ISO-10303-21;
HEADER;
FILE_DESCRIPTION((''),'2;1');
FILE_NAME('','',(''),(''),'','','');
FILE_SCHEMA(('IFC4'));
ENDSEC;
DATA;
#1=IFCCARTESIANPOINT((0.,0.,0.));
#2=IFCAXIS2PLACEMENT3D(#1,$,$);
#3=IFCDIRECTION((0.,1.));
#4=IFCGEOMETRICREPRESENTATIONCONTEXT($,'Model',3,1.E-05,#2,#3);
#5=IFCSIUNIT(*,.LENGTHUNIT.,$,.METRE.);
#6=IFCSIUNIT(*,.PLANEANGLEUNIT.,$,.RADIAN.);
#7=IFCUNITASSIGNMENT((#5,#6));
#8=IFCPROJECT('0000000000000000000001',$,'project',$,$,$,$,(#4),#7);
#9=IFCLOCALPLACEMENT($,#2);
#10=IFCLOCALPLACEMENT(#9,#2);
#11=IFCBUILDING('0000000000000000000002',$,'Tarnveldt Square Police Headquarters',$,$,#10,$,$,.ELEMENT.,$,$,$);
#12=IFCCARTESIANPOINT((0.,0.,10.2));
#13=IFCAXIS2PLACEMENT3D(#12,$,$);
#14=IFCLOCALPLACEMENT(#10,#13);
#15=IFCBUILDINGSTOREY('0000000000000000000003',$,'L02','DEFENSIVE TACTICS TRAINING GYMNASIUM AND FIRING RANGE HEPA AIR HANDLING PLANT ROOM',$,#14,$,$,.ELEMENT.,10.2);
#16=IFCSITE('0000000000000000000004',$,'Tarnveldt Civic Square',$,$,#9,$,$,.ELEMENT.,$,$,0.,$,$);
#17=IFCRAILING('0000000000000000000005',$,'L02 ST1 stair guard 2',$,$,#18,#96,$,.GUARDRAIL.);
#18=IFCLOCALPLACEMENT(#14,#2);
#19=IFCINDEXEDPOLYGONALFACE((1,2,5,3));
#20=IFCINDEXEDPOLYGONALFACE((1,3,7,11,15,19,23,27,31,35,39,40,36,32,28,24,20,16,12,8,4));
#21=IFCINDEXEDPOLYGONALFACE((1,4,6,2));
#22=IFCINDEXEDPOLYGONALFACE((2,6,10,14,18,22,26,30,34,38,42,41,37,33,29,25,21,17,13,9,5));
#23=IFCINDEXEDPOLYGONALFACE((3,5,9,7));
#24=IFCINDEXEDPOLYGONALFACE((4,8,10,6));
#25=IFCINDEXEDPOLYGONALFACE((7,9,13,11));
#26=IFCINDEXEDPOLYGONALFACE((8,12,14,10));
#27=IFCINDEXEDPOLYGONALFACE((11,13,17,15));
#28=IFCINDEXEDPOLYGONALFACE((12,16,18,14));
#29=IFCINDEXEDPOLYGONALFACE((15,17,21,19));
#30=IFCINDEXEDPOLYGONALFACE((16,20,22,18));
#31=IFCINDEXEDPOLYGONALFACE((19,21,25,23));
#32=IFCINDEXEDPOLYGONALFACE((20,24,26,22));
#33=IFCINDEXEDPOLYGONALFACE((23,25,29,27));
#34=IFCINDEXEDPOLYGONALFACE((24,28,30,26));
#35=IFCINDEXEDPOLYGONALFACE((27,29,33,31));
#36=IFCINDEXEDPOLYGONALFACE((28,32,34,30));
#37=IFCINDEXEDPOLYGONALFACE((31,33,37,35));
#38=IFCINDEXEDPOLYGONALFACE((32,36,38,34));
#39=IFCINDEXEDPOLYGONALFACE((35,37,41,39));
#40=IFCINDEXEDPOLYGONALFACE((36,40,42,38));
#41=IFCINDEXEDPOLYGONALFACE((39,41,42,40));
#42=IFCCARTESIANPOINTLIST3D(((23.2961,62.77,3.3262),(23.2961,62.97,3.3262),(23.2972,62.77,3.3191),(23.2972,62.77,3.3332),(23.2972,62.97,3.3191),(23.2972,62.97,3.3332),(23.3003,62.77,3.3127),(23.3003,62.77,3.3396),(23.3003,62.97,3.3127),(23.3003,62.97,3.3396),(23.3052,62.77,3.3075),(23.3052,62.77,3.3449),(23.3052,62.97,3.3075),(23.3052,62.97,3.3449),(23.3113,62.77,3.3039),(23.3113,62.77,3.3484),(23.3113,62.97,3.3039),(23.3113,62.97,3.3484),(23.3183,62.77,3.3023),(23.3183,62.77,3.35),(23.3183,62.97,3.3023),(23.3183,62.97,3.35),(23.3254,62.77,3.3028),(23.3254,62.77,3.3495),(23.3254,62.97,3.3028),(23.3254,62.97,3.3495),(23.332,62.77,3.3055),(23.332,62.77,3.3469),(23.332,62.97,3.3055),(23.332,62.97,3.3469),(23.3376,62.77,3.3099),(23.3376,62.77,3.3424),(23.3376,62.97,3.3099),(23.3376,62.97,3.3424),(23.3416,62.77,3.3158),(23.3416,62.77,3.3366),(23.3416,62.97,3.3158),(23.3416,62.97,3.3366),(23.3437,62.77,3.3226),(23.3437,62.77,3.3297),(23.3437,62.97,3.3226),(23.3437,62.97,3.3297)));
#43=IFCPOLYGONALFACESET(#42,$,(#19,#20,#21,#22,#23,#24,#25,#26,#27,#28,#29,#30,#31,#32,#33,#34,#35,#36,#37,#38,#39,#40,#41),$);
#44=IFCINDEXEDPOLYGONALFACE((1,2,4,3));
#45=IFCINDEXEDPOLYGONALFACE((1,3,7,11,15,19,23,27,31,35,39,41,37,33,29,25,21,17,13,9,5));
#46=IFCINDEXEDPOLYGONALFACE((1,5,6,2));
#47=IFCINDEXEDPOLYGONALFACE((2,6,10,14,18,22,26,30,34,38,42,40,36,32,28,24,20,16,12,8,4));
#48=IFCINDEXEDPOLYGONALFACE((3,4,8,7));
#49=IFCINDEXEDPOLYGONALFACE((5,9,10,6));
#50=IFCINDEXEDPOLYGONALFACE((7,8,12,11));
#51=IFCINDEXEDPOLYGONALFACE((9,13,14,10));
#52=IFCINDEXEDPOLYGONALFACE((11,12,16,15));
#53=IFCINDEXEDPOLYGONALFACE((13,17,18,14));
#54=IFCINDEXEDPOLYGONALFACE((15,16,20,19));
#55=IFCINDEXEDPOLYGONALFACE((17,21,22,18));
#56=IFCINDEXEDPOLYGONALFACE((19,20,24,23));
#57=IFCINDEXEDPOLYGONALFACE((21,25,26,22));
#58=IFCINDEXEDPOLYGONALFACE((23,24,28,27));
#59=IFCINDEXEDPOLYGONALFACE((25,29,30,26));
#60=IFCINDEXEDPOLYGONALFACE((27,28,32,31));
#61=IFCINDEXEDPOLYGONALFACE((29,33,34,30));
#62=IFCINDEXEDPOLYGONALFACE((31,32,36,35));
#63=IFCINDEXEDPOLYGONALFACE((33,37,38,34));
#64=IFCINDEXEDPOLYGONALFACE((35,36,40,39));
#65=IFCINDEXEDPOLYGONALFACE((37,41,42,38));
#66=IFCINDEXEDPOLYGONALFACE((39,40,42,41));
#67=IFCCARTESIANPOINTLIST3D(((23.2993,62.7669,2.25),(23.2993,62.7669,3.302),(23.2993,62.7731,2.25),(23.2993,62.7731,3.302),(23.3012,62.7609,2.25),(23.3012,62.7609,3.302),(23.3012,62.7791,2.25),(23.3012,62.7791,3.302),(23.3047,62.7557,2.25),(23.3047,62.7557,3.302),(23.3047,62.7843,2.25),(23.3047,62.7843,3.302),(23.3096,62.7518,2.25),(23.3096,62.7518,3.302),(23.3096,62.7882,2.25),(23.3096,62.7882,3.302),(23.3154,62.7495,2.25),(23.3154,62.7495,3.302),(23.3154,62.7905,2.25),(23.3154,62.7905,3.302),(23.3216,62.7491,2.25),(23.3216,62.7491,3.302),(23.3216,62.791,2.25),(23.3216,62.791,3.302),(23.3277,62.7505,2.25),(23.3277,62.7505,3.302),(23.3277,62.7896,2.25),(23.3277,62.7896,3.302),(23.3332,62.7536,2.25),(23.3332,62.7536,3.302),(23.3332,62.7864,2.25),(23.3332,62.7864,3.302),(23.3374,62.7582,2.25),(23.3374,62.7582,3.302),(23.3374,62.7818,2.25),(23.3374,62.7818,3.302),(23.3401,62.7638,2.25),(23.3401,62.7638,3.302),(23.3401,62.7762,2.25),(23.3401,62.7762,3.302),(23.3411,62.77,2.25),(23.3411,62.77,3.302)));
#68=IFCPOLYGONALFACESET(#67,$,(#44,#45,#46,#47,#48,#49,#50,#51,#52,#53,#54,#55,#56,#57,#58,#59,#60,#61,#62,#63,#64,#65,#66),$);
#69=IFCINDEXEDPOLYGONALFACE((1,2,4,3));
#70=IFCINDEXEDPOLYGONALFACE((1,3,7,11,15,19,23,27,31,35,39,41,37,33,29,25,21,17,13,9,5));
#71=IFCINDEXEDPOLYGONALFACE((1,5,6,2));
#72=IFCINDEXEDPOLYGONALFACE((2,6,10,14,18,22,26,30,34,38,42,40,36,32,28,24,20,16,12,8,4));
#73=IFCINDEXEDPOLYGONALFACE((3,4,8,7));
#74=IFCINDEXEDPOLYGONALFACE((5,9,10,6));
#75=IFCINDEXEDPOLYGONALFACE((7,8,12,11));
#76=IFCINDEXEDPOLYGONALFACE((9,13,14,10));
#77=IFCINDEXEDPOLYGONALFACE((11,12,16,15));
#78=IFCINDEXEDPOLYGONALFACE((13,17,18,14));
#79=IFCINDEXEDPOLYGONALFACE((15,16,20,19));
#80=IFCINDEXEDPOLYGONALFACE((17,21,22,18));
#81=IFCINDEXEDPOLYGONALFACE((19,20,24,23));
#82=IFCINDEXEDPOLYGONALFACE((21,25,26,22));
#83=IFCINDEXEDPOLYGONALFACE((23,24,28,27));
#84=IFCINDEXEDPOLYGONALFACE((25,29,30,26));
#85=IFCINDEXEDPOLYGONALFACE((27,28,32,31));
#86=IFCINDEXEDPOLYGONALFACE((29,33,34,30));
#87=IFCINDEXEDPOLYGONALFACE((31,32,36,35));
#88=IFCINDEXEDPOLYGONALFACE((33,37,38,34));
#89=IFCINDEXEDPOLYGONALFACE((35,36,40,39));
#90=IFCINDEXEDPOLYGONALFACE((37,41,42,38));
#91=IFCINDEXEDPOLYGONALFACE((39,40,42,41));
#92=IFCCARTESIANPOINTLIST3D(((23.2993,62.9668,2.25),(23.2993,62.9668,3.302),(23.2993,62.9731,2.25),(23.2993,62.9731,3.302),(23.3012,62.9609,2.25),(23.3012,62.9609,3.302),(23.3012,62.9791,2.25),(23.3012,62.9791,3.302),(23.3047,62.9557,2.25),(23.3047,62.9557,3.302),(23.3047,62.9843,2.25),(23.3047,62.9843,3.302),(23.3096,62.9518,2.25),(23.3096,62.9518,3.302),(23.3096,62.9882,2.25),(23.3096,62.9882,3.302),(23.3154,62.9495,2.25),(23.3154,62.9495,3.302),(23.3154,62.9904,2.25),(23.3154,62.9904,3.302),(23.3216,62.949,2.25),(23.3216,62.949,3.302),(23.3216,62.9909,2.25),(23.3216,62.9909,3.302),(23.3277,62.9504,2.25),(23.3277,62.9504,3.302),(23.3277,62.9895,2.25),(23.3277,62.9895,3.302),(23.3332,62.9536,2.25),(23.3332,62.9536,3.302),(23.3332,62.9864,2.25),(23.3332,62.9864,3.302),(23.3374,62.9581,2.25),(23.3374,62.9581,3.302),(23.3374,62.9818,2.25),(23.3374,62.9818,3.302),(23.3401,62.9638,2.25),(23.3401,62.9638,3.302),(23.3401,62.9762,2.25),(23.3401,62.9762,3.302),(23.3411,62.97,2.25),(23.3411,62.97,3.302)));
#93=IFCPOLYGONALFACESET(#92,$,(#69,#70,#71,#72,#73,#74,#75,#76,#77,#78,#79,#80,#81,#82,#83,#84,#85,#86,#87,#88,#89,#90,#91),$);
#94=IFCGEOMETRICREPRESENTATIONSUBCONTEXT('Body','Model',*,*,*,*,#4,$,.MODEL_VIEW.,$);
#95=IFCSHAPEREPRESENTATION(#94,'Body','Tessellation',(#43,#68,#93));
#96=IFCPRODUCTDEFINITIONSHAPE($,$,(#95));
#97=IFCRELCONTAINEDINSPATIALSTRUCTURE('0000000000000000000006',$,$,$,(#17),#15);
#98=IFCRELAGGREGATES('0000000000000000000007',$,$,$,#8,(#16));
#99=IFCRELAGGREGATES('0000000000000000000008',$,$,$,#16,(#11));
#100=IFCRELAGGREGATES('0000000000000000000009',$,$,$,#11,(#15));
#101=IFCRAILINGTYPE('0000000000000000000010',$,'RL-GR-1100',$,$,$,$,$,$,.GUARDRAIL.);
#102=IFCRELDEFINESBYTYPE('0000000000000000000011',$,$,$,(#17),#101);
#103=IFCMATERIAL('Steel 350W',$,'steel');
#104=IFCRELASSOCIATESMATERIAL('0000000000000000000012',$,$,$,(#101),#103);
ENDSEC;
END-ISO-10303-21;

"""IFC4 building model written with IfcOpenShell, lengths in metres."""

from ifc_helpers import new_model, si_unit, direction, frame, origin, origin_2d, place, context, subcontext, project, spatial, circle, extrude, material, type_object, element, save


model = new_model("IFC4")

# Units and contexts
model_context = context("Model", 3, precision=1e-05, world=origin(), true_north=direction((0.0, 1.0)))
body_context = subcontext(model_context, "Body", "Model", "MODEL_VIEW")
ifc_project = project(units=[si_unit("LENGTHUNIT", "METRE"), si_unit("PLANEANGLEUNIT", "RADIAN")], contexts=[model_context])

# Site, building, storey
site_placement = place(None, origin())
site = spatial("IfcSite", under=ifc_project, at=site_placement, Name="Tarnveldt Civic Square", CompositionType="ELEMENT", RefElevation=0.0)
building_placement = place(site_placement, origin())
building = spatial("IfcBuilding", under=site, at=building_placement, Name="Tarnveldt Square Police Headquarters", CompositionType="ELEMENT")
storey_placement = place(building_placement, frame((0.0, 0.0, 10.2)))
storey = spatial("IfcBuildingStorey", under=building, at=storey_placement, Name="L02", Description="DEFENSIVE TACTICS TRAINING GYMNASIUM AND FIRING RANGE HEPA AIR HANDLING PLANT ROOM", CompositionType="ELEMENT", Elevation=10.2)

# Shared definitions
ifc_material_1 = material(Name="Steel 350W", Category="steel")

# Railing
railing_type_1 = type_object("IfcRailingType", Name="RL-GR-1100", PredefinedType="GUARDRAIL", material=ifc_material_1)
railing_1_placement = place(storey_placement, frame((23.3201, 62.77, 2.25)))
element("IfcRailing", 1, at=railing_1_placement, inside=storey, type_object=railing_type_1, Name="L02 ST1 stair guard 2", PredefinedType="GUARDRAIL", context=body_context, shape_type="SweptSolid", body=[
    extrude(circle(Radius=0.0239, at=origin_2d()), frame((0.0, 0.0, 1.0762), z_axis=(0.0, 1.0, 0.0), x_axis=(-1.0, 0.0, 0.0)), (0.0, 0.0, 1.0), 0.2),
    extrude(circle(Radius=0.021, at=origin_2d()), origin(), (0.0, 0.0, 1.0), 1.052),
    extrude(circle(Radius=0.021, at=origin_2d()), frame((0.0, 0.2, 0.0)), (0.0, 0.0, 1.0), 1.052),
])

save(model, "model.ifc")
